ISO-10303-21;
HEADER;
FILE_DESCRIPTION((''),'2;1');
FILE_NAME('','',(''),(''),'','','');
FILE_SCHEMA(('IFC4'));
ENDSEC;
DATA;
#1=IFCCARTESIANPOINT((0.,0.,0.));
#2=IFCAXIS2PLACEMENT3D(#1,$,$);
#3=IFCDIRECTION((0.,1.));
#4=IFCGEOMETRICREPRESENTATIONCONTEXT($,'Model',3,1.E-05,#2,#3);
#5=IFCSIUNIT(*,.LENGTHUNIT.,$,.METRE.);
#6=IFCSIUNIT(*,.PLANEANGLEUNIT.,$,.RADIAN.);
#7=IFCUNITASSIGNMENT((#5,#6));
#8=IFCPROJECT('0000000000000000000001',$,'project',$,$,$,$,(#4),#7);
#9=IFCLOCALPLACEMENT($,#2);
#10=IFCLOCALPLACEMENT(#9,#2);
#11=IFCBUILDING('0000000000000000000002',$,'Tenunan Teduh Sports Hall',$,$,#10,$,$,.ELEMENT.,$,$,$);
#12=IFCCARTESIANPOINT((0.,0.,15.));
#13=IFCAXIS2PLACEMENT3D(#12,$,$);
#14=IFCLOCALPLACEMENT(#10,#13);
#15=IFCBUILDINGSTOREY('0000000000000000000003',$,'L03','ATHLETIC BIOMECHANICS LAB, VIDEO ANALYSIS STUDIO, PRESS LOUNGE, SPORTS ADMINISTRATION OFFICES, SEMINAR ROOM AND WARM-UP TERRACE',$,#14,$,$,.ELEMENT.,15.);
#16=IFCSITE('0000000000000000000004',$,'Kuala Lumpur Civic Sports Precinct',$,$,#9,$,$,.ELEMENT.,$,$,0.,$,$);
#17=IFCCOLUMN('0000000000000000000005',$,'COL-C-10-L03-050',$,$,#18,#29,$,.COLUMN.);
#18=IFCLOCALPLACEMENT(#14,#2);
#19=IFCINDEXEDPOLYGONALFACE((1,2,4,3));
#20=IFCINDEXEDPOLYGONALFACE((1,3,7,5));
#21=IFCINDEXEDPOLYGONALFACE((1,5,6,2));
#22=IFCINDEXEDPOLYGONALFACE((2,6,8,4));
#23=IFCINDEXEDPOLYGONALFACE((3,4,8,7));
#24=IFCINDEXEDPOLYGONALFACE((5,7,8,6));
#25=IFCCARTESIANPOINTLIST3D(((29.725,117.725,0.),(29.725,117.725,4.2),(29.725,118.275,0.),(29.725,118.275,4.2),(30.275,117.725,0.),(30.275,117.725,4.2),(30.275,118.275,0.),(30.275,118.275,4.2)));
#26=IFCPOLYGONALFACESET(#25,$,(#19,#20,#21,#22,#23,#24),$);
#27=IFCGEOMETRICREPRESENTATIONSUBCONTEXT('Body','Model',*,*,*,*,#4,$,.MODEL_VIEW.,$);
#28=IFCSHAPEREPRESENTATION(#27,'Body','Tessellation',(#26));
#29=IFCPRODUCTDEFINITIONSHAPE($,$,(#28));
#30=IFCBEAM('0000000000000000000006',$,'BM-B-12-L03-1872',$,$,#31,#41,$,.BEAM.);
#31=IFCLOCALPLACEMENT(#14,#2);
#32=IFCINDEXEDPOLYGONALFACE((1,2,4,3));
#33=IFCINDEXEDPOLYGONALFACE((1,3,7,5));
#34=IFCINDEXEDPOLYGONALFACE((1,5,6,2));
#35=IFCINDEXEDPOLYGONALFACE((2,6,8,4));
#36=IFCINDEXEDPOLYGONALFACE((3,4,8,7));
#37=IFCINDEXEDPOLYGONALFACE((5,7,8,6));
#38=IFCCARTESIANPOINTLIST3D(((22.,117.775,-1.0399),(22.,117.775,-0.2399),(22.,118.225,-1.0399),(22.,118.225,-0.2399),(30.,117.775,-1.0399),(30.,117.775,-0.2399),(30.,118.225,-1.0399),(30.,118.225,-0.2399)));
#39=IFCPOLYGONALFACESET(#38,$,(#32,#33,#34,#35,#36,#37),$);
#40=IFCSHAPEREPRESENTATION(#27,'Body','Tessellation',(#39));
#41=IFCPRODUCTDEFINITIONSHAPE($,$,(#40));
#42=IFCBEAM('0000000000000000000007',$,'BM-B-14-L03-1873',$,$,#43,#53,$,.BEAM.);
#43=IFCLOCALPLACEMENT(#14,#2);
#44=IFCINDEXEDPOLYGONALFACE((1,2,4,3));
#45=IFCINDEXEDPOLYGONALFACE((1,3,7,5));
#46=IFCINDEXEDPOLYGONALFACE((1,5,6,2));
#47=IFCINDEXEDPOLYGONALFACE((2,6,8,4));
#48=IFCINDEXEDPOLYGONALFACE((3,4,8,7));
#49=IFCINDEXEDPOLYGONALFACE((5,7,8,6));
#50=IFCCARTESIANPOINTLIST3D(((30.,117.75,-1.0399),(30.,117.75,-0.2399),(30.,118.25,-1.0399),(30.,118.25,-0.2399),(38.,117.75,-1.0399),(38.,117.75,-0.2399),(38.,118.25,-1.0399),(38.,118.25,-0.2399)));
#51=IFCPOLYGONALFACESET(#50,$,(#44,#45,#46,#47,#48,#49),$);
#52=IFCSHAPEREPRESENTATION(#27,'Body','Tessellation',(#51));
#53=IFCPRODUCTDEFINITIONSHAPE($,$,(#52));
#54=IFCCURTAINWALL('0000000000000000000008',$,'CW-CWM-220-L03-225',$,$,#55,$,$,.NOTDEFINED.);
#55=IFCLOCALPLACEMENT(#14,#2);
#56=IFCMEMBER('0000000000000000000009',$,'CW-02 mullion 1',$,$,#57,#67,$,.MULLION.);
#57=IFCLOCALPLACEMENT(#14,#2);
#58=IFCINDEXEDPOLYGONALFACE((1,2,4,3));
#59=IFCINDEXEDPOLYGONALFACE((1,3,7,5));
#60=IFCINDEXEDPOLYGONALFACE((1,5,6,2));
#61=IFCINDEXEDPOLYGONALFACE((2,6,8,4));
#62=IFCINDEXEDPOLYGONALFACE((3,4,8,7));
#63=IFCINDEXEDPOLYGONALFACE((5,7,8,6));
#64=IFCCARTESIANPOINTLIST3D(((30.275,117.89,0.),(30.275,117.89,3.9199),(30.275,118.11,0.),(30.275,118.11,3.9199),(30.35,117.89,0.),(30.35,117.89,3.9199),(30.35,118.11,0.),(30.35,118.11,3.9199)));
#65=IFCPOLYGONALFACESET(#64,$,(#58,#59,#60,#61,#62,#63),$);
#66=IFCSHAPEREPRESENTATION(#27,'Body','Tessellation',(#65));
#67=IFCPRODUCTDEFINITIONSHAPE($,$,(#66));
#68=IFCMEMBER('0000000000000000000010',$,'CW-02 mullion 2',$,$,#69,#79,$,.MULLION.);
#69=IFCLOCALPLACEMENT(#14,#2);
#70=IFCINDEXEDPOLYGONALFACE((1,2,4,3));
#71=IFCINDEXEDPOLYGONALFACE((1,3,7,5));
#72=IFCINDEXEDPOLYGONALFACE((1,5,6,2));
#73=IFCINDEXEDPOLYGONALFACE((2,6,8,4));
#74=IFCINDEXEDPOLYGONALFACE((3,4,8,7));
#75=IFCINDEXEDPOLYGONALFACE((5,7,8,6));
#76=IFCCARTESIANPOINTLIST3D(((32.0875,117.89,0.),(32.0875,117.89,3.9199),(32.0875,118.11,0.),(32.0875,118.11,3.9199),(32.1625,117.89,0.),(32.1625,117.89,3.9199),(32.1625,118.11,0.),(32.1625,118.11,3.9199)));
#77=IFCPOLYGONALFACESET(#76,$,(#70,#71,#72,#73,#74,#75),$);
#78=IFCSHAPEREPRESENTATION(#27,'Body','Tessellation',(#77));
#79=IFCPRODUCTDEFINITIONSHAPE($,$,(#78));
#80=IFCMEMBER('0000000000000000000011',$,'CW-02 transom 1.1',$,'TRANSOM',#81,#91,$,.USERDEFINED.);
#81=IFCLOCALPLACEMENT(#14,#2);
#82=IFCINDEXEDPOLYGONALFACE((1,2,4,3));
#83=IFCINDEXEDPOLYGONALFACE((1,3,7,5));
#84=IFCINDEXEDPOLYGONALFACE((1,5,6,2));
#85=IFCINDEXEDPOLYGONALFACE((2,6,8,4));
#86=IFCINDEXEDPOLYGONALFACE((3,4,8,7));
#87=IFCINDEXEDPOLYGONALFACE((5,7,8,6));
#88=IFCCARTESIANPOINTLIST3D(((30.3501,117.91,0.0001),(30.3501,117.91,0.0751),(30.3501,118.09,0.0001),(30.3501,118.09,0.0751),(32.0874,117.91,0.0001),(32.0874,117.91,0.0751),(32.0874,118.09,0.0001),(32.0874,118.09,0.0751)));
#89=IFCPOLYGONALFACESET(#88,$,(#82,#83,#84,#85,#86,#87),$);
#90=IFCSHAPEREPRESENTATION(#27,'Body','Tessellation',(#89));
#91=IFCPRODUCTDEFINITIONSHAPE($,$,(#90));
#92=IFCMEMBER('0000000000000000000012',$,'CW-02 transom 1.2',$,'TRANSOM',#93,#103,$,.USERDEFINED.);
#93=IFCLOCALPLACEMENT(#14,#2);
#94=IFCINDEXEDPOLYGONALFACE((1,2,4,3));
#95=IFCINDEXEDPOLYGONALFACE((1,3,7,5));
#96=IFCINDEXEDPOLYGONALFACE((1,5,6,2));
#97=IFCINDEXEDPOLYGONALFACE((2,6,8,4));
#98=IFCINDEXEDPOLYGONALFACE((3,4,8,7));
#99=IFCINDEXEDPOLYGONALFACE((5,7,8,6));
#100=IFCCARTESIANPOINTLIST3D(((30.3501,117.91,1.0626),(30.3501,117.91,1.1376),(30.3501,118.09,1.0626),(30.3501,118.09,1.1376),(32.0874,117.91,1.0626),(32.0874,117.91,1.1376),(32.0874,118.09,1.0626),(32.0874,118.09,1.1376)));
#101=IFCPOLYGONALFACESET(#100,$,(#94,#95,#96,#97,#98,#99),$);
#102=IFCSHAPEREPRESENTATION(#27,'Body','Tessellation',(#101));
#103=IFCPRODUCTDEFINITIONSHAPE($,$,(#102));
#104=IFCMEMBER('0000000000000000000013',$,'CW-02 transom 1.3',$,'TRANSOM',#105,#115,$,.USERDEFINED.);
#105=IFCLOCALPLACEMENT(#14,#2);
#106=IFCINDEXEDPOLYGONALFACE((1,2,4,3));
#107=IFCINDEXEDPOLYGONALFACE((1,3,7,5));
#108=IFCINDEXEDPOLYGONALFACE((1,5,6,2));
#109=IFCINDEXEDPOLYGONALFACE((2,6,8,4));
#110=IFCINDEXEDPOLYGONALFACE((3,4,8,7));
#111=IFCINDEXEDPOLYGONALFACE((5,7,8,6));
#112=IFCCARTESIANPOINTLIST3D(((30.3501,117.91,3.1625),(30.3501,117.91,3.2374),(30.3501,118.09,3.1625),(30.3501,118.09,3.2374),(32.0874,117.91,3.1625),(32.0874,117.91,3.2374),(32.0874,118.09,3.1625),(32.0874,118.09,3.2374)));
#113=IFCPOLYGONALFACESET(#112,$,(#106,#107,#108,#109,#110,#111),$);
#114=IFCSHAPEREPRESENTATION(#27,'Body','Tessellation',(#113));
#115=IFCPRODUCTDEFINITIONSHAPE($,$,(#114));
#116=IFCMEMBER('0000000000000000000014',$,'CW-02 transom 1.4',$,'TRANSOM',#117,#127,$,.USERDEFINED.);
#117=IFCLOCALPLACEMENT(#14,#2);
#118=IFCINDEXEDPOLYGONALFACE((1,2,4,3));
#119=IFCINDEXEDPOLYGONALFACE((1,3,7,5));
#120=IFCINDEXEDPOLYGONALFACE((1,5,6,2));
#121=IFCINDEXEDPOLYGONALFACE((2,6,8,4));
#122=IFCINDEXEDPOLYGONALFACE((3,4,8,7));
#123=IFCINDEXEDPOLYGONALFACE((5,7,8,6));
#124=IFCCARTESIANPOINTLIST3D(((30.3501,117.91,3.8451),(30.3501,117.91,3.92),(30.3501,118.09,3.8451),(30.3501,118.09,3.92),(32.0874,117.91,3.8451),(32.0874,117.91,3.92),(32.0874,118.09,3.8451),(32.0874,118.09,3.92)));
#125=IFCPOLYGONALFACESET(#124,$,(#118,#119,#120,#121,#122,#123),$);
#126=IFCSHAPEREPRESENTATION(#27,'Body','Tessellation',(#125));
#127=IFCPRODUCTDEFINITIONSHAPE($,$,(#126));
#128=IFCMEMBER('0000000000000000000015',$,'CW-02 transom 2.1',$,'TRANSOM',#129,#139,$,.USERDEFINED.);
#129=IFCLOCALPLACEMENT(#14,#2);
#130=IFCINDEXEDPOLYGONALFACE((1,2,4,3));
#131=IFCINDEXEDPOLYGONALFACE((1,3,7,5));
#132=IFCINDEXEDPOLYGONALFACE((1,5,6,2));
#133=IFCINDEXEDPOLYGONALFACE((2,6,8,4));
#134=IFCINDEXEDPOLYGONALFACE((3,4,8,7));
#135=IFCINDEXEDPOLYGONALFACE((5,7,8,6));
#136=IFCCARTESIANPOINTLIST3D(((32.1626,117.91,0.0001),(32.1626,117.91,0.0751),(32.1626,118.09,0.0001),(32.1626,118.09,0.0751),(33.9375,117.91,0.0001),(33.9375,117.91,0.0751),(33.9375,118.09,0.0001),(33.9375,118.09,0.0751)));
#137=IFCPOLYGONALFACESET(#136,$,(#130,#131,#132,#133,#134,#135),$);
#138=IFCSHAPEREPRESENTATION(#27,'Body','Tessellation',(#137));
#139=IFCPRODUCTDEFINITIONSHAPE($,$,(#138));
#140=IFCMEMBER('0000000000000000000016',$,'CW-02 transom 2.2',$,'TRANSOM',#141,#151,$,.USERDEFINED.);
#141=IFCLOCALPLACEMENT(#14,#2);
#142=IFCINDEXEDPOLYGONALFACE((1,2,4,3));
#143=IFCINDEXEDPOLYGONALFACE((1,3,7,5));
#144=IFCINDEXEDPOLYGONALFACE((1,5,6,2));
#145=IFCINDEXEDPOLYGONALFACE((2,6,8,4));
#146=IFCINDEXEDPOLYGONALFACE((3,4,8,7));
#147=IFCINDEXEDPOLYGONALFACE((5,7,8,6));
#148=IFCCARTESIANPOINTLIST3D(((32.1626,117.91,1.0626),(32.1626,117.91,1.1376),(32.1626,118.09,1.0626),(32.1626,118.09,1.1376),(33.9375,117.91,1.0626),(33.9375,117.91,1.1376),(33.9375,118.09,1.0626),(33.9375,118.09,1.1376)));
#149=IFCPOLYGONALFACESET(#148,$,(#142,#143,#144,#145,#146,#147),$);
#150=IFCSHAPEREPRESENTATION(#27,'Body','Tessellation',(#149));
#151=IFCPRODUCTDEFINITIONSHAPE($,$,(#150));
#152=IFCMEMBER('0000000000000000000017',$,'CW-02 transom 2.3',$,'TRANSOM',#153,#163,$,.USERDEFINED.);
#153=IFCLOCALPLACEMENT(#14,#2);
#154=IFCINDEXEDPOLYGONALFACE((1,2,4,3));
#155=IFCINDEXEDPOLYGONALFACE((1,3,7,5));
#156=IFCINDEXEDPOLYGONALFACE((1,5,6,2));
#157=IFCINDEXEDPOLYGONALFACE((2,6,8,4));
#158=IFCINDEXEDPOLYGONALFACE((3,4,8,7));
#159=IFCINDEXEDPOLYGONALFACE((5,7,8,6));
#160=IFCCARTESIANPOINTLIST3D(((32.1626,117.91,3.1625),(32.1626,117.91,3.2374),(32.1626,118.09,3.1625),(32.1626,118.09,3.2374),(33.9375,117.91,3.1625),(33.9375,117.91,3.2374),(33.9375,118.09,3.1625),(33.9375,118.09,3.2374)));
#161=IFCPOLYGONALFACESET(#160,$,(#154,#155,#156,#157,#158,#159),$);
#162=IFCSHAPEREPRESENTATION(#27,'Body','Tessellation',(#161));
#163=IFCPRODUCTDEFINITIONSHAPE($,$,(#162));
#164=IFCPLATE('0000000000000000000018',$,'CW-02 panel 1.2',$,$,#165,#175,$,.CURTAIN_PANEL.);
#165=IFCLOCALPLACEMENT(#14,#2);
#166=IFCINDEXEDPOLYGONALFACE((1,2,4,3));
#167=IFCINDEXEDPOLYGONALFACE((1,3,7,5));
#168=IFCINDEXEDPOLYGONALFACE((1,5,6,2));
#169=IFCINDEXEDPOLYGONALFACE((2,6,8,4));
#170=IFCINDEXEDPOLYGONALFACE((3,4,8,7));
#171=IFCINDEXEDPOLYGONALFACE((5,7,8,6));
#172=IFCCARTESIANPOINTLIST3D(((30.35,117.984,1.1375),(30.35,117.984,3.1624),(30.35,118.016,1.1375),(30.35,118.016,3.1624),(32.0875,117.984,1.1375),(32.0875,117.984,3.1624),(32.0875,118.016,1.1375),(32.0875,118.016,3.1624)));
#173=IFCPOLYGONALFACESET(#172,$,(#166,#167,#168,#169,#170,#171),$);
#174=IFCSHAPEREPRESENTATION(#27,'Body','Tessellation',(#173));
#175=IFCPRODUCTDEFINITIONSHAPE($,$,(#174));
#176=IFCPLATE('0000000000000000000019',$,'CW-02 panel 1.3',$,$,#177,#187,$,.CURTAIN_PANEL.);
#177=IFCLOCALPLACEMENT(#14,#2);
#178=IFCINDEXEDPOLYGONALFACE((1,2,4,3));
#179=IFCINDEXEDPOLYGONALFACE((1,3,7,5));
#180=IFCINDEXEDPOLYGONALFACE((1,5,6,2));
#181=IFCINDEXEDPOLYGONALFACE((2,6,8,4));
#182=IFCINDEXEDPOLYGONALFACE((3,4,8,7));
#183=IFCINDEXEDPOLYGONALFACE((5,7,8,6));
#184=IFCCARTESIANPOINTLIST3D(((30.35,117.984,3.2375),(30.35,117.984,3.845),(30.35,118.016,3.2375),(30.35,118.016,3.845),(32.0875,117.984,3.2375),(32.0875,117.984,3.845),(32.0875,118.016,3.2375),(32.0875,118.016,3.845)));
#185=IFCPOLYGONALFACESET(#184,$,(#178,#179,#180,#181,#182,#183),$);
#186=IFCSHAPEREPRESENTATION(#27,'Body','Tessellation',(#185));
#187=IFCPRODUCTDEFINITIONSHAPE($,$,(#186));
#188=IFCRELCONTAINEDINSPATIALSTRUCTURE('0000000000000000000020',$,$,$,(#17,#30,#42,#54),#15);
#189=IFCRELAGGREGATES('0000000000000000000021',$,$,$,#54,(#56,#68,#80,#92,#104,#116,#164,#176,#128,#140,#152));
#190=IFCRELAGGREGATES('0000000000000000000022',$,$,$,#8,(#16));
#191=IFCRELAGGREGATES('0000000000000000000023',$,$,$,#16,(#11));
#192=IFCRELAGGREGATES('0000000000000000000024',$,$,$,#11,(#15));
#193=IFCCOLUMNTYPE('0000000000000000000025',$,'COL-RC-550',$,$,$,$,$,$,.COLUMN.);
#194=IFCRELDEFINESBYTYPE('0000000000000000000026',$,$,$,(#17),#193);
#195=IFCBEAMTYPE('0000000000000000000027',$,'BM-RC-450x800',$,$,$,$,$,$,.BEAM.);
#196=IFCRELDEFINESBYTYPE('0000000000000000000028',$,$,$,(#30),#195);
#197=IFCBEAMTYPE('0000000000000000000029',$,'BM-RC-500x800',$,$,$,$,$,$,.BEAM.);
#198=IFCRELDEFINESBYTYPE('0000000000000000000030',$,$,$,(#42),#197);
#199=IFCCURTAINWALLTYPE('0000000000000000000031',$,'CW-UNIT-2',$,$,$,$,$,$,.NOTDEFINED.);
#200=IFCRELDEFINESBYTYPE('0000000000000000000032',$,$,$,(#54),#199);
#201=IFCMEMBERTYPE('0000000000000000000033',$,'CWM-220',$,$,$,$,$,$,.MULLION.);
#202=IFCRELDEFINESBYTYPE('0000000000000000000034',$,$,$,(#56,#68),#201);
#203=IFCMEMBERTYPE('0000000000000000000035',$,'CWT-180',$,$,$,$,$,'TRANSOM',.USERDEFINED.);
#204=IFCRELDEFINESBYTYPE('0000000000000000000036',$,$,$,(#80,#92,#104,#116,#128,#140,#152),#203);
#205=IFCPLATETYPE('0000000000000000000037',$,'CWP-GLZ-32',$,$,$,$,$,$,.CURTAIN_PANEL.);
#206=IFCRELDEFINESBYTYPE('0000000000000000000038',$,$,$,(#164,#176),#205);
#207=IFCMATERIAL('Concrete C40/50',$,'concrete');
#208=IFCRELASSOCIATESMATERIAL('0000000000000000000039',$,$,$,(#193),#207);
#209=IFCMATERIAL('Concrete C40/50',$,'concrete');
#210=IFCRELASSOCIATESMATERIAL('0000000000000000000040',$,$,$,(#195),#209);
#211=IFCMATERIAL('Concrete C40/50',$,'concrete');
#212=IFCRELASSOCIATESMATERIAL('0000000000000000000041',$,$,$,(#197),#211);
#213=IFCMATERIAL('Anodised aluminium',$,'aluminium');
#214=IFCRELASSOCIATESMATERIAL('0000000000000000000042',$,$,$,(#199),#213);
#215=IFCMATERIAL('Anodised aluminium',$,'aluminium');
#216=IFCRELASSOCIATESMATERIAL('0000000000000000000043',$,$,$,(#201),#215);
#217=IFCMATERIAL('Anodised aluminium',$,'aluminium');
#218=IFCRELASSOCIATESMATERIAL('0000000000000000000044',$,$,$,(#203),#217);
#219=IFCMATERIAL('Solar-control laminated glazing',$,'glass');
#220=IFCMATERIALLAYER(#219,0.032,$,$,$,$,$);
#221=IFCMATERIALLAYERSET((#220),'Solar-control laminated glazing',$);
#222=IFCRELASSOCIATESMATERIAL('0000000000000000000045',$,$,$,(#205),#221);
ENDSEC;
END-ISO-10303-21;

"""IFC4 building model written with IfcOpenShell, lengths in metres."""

from ifc_helpers import new_model, si_unit, direction, frame, origin, origin_2d, place, context, subcontext, project, spatial, rectangle, extrude, material, layer, layer_set, material_profile, profile_set, type_object, element, aggregate, save


model = new_model("IFC4")

# Units and contexts
model_context = context("Model", 3, precision=1e-05, world=origin(), true_north=direction((0.0, 1.0)))
body_context = subcontext(model_context, "Body", "Model", "MODEL_VIEW")
ifc_project = project(units=[si_unit("LENGTHUNIT", "METRE"), si_unit("PLANEANGLEUNIT", "RADIAN")], contexts=[model_context])

# Site, building, storey
site_placement = place(None, origin())
site = spatial("IfcSite", under=ifc_project, at=site_placement, Name="Kuala Lumpur Civic Sports Precinct", CompositionType="ELEMENT", RefElevation=0.0)
building_placement = place(site_placement, origin())
building = spatial("IfcBuilding", under=site, at=building_placement, Name="Tenunan Teduh Sports Hall", CompositionType="ELEMENT")
storey_placement = place(building_placement, frame((0.0, 0.0, 15.0)))
storey = spatial("IfcBuildingStorey", under=building, at=storey_placement, Name="L03", Description="ATHLETIC BIOMECHANICS LAB, VIDEO ANALYSIS STUDIO, PRESS LOUNGE, SPORTS ADMINISTRATION OFFICES, SEMINAR ROOM AND WARM-UP TERRACE", CompositionType="ELEMENT", Elevation=15.0)

# Column
ifc_material_1 = material(Name="Concrete C40/50", Category="concrete")
ifc_material_profile_1 = material_profile(ifc_material_1, rectangle(XDim=0.55, YDim=0.55, at=origin_2d()), Name="RC 550x550")
ifc_profile_set_1 = profile_set([ifc_material_profile_1], Name="Concrete C40/50")
column_type = type_object("IfcColumnType", Name="COL-RC-550", PredefinedType="COLUMN", material=ifc_profile_set_1)
column_placement = place(storey_placement, frame((30.0, 118.0, 0.0), z_axis=(0.0, 0.0, 1.0), x_axis=(1.0, 0.0, 0.0)))
element("IfcColumn", 1, at=column_placement, inside=storey, type_object=column_type, Name="COL-C-10-L03-050", PredefinedType="COLUMN", context=body_context, shape_type="SweptSolid", body=[
    extrude(rectangle(XDim=0.55, YDim=0.55, at=origin_2d()), origin(), (0.0, 0.0, 1.0), 4.2),
])

# Beams
ifc_material_2 = material(Name="Concrete C40/50", Category="concrete")
ifc_material_profile_2 = material_profile(ifc_material_2, rectangle(XDim=0.45, YDim=0.8, at=origin_2d()), Name="RCB 450x800")
ifc_profile_set_2 = profile_set([ifc_material_profile_2], Name="Concrete C40/50")
beam_type_1 = type_object("IfcBeamType", Name="BM-RC-450x800", PredefinedType="BEAM", material=ifc_profile_set_2)
beam_1_placement = place(storey_placement, frame((22.0, 118.0, -0.6399), z_axis=(1.0, 0.0, 0.0), x_axis=(0.0, 1.0, 0.0)))
element("IfcBeam", 2, at=beam_1_placement, inside=storey, type_object=beam_type_1, Name="BM-B-12-L03-1872", PredefinedType="BEAM", context=body_context, shape_type="SweptSolid", body=[
    extrude(rectangle(XDim=0.45, YDim=0.8, at=origin_2d()), origin(), (0.0, 0.0, 1.0), 8.0),
])
ifc_material_3 = material(Name="Concrete C40/50", Category="concrete")
ifc_material_profile_3 = material_profile(ifc_material_3, rectangle(XDim=0.5, YDim=0.8, at=origin_2d()), Name="RCB 500x800")
ifc_profile_set_3 = profile_set([ifc_material_profile_3], Name="Concrete C40/50")
beam_type_2 = type_object("IfcBeamType", Name="BM-RC-500x800", PredefinedType="BEAM", material=ifc_profile_set_3)
beam_2_placement = place(storey_placement, frame((30.0, 118.0, -0.6399), z_axis=(1.0, 0.0, 0.0), x_axis=(0.0, 1.0, 0.0)))
element("IfcBeam", 3, at=beam_2_placement, inside=storey, type_object=beam_type_2, Name="BM-B-14-L03-1873", PredefinedType="BEAM", context=body_context, shape_type="SweptSolid", body=[
    extrude(rectangle(XDim=0.5, YDim=0.8, at=origin_2d()), origin(), (0.0, 0.0, 1.0), 8.0),
])

# Curtain wall, members, plates
ifc_material_4 = material(Name="Anodised aluminium", Category="aluminium")
curtain_wall_type = type_object("IfcCurtainWallType", Name="CW-UNIT-2", PredefinedType="NOTDEFINED", material=ifc_material_4)
curtain_wall_placement = place(storey_placement, origin())
curtain_wall = element("IfcCurtainWall", 4, at=curtain_wall_placement, inside=storey, type_object=curtain_wall_type, Name="CW-CWM-220-L03-225", PredefinedType="NOTDEFINED")
ifc_material_5 = material(Name="Anodised aluminium", Category="aluminium")
ifc_material_profile_4 = material_profile(ifc_material_5, rectangle(XDim=0.075, YDim=0.22, at=origin_2d()), Name="CWM 75x220")
ifc_profile_set_4 = profile_set([ifc_material_profile_4], Name="Anodised aluminium")
member_type_1 = type_object("IfcMemberType", Name="CWM-220", PredefinedType="MULLION", material=ifc_profile_set_4)
member_1_placement = place(storey_placement, frame((30.3125, 118.0, 0.0), z_axis=(0.0, 0.0, 1.0), x_axis=(1.0, 0.0, 0.0)))
member_1 = element("IfcMember", 5, at=member_1_placement, type_object=member_type_1, Name="CW-02 mullion 1", PredefinedType="MULLION", context=body_context, shape_type="SweptSolid", body=[
    extrude(rectangle(XDim=0.075, YDim=0.22, at=origin_2d()), origin(), (0.0, 0.0, 1.0), 3.9199),
])
member_2_placement = place(storey_placement, frame((32.125, 118.0, 0.0), z_axis=(0.0, 0.0, 1.0), x_axis=(1.0, 0.0, 0.0)))
member_2 = element("IfcMember", 6, at=member_2_placement, type_object=member_type_1, Name="CW-02 mullion 2", PredefinedType="MULLION", context=body_context, shape_type="SweptSolid", body=[
    extrude(rectangle(XDim=0.075, YDim=0.22, at=origin_2d()), origin(), (0.0, 0.0, 1.0), 3.9199),
])
ifc_material_6 = material(Name="Anodised aluminium", Category="aluminium")
ifc_material_profile_5 = material_profile(ifc_material_6, rectangle(XDim=0.075, YDim=0.1799, at=origin_2d()), Name="CWT 75x180")
ifc_profile_set_5 = profile_set([ifc_material_profile_5], Name="Anodised aluminium")
member_type_2 = type_object("IfcMemberType", Name="CWT-180", ElementType="TRANSOM", PredefinedType="USERDEFINED", material=ifc_profile_set_5)
member_3_placement = place(storey_placement, frame((30.3501, 118.0, 0.0376), z_axis=(1.0, 0.0, 0.0), x_axis=(0.0, 0.0, 1.0)))
member_3 = element("IfcMember", 7, at=member_3_placement, type_object=member_type_2, Name="CW-02 transom 1.1", ObjectType="TRANSOM", PredefinedType="USERDEFINED", context=body_context, shape_type="SweptSolid", body=[
    extrude(rectangle(XDim=0.075, YDim=0.1799, at=origin_2d()), origin(), (0.0, 0.0, 1.0), 1.7373),
])
member_4_placement = place(storey_placement, frame((30.3501, 118.0, 1.1001), z_axis=(1.0, 0.0, 0.0), x_axis=(0.0, 0.0, 1.0)))
member_4 = element("IfcMember", 8, at=member_4_placement, type_object=member_type_2, Name="CW-02 transom 1.2", ObjectType="TRANSOM", PredefinedType="USERDEFINED", context=body_context, shape_type="SweptSolid", body=[
    extrude(rectangle(XDim=0.075, YDim=0.1799, at=origin_2d()), origin(), (0.0, 0.0, 1.0), 1.7373),
])
member_5_placement = place(storey_placement, frame((30.3501, 118.0, 3.2), z_axis=(1.0, 0.0, 0.0), x_axis=(0.0, 0.0, 1.0)))
member_5 = element("IfcMember", 9, at=member_5_placement, type_object=member_type_2, Name="CW-02 transom 1.3", ObjectType="TRANSOM", PredefinedType="USERDEFINED", context=body_context, shape_type="SweptSolid", body=[
    extrude(rectangle(XDim=0.075, YDim=0.1799, at=origin_2d()), origin(), (0.0, 0.0, 1.0), 1.7373),
])
member_6_placement = place(storey_placement, frame((30.3501, 118.0, 3.8826), z_axis=(1.0, 0.0, 0.0), x_axis=(0.0, 0.0, 1.0)))
member_6 = element("IfcMember", 10, at=member_6_placement, type_object=member_type_2, Name="CW-02 transom 1.4", ObjectType="TRANSOM", PredefinedType="USERDEFINED", context=body_context, shape_type="SweptSolid", body=[
    extrude(rectangle(XDim=0.075, YDim=0.1799, at=origin_2d()), origin(), (0.0, 0.0, 1.0), 1.7373),
])
member_7_placement = place(storey_placement, frame((32.1626, 118.0, 0.0376), z_axis=(1.0, 0.0, 0.0), x_axis=(0.0, 0.0, 1.0)))
member_7 = element("IfcMember", 11, at=member_7_placement, type_object=member_type_2, Name="CW-02 transom 2.1", ObjectType="TRANSOM", PredefinedType="USERDEFINED", context=body_context, shape_type="SweptSolid", body=[
    extrude(rectangle(XDim=0.075, YDim=0.1799, at=origin_2d()), origin(), (0.0, 0.0, 1.0), 1.7749),
])
member_8_placement = place(storey_placement, frame((32.1626, 118.0, 1.1001), z_axis=(1.0, 0.0, 0.0), x_axis=(0.0, 0.0, 1.0)))
member_8 = element("IfcMember", 12, at=member_8_placement, type_object=member_type_2, Name="CW-02 transom 2.2", ObjectType="TRANSOM", PredefinedType="USERDEFINED", context=body_context, shape_type="SweptSolid", body=[
    extrude(rectangle(XDim=0.075, YDim=0.1799, at=origin_2d()), origin(), (0.0, 0.0, 1.0), 1.7749),
])
member_9_placement = place(storey_placement, frame((32.1626, 118.0, 3.2), z_axis=(1.0, 0.0, 0.0), x_axis=(0.0, 0.0, 1.0)))
member_9 = element("IfcMember", 13, at=member_9_placement, type_object=member_type_2, Name="CW-02 transom 2.3", ObjectType="TRANSOM", PredefinedType="USERDEFINED", context=body_context, shape_type="SweptSolid", body=[
    extrude(rectangle(XDim=0.075, YDim=0.1799, at=origin_2d()), origin(), (0.0, 0.0, 1.0), 1.7749),
])
ifc_material_7 = material(Name="Solar-control laminated glazing", Category="glass")
ifc_layer_1 = layer(ifc_material_7, 0.032)
ifc_layer_set_1 = layer_set([ifc_layer_1], Name="Solar-control laminated glazing")
plate_type_1 = type_object("IfcPlateType", Name="CWP-GLZ-32", PredefinedType="CURTAIN_PANEL", material=ifc_layer_set_1)
plate_1_placement = place(storey_placement, frame((31.2188, 118.0, 1.1375), z_axis=(0.0, 0.0, 1.0), x_axis=(1.0, 0.0, 0.0)))
plate_1 = element("IfcPlate", 14, at=plate_1_placement, type_object=plate_type_1, Name="CW-02 panel 1.2", PredefinedType="CURTAIN_PANEL", context=body_context, shape_type="SweptSolid", body=[
    extrude(rectangle(XDim=1.7375, YDim=0.032, at=origin_2d()), origin(), (0.0, 0.0, 1.0), 2.0249),
])
plate_2_placement = place(storey_placement, frame((31.2188, 118.0, 3.2375), z_axis=(0.0, 0.0, 1.0), x_axis=(1.0, 0.0, 0.0)))
plate_2 = element("IfcPlate", 15, at=plate_2_placement, type_object=plate_type_1, Name="CW-02 panel 1.3", PredefinedType="CURTAIN_PANEL", context=body_context, shape_type="SweptSolid", body=[
    extrude(rectangle(XDim=1.7375, YDim=0.032, at=origin_2d()), origin(), (0.0, 0.0, 1.0), 0.6074),
])
aggregate(curtain_wall, [member_1, member_2, member_3, member_4, member_5, member_6, plate_1, plate_2, member_7, member_8, member_9])

save(model, "model.ifc")
